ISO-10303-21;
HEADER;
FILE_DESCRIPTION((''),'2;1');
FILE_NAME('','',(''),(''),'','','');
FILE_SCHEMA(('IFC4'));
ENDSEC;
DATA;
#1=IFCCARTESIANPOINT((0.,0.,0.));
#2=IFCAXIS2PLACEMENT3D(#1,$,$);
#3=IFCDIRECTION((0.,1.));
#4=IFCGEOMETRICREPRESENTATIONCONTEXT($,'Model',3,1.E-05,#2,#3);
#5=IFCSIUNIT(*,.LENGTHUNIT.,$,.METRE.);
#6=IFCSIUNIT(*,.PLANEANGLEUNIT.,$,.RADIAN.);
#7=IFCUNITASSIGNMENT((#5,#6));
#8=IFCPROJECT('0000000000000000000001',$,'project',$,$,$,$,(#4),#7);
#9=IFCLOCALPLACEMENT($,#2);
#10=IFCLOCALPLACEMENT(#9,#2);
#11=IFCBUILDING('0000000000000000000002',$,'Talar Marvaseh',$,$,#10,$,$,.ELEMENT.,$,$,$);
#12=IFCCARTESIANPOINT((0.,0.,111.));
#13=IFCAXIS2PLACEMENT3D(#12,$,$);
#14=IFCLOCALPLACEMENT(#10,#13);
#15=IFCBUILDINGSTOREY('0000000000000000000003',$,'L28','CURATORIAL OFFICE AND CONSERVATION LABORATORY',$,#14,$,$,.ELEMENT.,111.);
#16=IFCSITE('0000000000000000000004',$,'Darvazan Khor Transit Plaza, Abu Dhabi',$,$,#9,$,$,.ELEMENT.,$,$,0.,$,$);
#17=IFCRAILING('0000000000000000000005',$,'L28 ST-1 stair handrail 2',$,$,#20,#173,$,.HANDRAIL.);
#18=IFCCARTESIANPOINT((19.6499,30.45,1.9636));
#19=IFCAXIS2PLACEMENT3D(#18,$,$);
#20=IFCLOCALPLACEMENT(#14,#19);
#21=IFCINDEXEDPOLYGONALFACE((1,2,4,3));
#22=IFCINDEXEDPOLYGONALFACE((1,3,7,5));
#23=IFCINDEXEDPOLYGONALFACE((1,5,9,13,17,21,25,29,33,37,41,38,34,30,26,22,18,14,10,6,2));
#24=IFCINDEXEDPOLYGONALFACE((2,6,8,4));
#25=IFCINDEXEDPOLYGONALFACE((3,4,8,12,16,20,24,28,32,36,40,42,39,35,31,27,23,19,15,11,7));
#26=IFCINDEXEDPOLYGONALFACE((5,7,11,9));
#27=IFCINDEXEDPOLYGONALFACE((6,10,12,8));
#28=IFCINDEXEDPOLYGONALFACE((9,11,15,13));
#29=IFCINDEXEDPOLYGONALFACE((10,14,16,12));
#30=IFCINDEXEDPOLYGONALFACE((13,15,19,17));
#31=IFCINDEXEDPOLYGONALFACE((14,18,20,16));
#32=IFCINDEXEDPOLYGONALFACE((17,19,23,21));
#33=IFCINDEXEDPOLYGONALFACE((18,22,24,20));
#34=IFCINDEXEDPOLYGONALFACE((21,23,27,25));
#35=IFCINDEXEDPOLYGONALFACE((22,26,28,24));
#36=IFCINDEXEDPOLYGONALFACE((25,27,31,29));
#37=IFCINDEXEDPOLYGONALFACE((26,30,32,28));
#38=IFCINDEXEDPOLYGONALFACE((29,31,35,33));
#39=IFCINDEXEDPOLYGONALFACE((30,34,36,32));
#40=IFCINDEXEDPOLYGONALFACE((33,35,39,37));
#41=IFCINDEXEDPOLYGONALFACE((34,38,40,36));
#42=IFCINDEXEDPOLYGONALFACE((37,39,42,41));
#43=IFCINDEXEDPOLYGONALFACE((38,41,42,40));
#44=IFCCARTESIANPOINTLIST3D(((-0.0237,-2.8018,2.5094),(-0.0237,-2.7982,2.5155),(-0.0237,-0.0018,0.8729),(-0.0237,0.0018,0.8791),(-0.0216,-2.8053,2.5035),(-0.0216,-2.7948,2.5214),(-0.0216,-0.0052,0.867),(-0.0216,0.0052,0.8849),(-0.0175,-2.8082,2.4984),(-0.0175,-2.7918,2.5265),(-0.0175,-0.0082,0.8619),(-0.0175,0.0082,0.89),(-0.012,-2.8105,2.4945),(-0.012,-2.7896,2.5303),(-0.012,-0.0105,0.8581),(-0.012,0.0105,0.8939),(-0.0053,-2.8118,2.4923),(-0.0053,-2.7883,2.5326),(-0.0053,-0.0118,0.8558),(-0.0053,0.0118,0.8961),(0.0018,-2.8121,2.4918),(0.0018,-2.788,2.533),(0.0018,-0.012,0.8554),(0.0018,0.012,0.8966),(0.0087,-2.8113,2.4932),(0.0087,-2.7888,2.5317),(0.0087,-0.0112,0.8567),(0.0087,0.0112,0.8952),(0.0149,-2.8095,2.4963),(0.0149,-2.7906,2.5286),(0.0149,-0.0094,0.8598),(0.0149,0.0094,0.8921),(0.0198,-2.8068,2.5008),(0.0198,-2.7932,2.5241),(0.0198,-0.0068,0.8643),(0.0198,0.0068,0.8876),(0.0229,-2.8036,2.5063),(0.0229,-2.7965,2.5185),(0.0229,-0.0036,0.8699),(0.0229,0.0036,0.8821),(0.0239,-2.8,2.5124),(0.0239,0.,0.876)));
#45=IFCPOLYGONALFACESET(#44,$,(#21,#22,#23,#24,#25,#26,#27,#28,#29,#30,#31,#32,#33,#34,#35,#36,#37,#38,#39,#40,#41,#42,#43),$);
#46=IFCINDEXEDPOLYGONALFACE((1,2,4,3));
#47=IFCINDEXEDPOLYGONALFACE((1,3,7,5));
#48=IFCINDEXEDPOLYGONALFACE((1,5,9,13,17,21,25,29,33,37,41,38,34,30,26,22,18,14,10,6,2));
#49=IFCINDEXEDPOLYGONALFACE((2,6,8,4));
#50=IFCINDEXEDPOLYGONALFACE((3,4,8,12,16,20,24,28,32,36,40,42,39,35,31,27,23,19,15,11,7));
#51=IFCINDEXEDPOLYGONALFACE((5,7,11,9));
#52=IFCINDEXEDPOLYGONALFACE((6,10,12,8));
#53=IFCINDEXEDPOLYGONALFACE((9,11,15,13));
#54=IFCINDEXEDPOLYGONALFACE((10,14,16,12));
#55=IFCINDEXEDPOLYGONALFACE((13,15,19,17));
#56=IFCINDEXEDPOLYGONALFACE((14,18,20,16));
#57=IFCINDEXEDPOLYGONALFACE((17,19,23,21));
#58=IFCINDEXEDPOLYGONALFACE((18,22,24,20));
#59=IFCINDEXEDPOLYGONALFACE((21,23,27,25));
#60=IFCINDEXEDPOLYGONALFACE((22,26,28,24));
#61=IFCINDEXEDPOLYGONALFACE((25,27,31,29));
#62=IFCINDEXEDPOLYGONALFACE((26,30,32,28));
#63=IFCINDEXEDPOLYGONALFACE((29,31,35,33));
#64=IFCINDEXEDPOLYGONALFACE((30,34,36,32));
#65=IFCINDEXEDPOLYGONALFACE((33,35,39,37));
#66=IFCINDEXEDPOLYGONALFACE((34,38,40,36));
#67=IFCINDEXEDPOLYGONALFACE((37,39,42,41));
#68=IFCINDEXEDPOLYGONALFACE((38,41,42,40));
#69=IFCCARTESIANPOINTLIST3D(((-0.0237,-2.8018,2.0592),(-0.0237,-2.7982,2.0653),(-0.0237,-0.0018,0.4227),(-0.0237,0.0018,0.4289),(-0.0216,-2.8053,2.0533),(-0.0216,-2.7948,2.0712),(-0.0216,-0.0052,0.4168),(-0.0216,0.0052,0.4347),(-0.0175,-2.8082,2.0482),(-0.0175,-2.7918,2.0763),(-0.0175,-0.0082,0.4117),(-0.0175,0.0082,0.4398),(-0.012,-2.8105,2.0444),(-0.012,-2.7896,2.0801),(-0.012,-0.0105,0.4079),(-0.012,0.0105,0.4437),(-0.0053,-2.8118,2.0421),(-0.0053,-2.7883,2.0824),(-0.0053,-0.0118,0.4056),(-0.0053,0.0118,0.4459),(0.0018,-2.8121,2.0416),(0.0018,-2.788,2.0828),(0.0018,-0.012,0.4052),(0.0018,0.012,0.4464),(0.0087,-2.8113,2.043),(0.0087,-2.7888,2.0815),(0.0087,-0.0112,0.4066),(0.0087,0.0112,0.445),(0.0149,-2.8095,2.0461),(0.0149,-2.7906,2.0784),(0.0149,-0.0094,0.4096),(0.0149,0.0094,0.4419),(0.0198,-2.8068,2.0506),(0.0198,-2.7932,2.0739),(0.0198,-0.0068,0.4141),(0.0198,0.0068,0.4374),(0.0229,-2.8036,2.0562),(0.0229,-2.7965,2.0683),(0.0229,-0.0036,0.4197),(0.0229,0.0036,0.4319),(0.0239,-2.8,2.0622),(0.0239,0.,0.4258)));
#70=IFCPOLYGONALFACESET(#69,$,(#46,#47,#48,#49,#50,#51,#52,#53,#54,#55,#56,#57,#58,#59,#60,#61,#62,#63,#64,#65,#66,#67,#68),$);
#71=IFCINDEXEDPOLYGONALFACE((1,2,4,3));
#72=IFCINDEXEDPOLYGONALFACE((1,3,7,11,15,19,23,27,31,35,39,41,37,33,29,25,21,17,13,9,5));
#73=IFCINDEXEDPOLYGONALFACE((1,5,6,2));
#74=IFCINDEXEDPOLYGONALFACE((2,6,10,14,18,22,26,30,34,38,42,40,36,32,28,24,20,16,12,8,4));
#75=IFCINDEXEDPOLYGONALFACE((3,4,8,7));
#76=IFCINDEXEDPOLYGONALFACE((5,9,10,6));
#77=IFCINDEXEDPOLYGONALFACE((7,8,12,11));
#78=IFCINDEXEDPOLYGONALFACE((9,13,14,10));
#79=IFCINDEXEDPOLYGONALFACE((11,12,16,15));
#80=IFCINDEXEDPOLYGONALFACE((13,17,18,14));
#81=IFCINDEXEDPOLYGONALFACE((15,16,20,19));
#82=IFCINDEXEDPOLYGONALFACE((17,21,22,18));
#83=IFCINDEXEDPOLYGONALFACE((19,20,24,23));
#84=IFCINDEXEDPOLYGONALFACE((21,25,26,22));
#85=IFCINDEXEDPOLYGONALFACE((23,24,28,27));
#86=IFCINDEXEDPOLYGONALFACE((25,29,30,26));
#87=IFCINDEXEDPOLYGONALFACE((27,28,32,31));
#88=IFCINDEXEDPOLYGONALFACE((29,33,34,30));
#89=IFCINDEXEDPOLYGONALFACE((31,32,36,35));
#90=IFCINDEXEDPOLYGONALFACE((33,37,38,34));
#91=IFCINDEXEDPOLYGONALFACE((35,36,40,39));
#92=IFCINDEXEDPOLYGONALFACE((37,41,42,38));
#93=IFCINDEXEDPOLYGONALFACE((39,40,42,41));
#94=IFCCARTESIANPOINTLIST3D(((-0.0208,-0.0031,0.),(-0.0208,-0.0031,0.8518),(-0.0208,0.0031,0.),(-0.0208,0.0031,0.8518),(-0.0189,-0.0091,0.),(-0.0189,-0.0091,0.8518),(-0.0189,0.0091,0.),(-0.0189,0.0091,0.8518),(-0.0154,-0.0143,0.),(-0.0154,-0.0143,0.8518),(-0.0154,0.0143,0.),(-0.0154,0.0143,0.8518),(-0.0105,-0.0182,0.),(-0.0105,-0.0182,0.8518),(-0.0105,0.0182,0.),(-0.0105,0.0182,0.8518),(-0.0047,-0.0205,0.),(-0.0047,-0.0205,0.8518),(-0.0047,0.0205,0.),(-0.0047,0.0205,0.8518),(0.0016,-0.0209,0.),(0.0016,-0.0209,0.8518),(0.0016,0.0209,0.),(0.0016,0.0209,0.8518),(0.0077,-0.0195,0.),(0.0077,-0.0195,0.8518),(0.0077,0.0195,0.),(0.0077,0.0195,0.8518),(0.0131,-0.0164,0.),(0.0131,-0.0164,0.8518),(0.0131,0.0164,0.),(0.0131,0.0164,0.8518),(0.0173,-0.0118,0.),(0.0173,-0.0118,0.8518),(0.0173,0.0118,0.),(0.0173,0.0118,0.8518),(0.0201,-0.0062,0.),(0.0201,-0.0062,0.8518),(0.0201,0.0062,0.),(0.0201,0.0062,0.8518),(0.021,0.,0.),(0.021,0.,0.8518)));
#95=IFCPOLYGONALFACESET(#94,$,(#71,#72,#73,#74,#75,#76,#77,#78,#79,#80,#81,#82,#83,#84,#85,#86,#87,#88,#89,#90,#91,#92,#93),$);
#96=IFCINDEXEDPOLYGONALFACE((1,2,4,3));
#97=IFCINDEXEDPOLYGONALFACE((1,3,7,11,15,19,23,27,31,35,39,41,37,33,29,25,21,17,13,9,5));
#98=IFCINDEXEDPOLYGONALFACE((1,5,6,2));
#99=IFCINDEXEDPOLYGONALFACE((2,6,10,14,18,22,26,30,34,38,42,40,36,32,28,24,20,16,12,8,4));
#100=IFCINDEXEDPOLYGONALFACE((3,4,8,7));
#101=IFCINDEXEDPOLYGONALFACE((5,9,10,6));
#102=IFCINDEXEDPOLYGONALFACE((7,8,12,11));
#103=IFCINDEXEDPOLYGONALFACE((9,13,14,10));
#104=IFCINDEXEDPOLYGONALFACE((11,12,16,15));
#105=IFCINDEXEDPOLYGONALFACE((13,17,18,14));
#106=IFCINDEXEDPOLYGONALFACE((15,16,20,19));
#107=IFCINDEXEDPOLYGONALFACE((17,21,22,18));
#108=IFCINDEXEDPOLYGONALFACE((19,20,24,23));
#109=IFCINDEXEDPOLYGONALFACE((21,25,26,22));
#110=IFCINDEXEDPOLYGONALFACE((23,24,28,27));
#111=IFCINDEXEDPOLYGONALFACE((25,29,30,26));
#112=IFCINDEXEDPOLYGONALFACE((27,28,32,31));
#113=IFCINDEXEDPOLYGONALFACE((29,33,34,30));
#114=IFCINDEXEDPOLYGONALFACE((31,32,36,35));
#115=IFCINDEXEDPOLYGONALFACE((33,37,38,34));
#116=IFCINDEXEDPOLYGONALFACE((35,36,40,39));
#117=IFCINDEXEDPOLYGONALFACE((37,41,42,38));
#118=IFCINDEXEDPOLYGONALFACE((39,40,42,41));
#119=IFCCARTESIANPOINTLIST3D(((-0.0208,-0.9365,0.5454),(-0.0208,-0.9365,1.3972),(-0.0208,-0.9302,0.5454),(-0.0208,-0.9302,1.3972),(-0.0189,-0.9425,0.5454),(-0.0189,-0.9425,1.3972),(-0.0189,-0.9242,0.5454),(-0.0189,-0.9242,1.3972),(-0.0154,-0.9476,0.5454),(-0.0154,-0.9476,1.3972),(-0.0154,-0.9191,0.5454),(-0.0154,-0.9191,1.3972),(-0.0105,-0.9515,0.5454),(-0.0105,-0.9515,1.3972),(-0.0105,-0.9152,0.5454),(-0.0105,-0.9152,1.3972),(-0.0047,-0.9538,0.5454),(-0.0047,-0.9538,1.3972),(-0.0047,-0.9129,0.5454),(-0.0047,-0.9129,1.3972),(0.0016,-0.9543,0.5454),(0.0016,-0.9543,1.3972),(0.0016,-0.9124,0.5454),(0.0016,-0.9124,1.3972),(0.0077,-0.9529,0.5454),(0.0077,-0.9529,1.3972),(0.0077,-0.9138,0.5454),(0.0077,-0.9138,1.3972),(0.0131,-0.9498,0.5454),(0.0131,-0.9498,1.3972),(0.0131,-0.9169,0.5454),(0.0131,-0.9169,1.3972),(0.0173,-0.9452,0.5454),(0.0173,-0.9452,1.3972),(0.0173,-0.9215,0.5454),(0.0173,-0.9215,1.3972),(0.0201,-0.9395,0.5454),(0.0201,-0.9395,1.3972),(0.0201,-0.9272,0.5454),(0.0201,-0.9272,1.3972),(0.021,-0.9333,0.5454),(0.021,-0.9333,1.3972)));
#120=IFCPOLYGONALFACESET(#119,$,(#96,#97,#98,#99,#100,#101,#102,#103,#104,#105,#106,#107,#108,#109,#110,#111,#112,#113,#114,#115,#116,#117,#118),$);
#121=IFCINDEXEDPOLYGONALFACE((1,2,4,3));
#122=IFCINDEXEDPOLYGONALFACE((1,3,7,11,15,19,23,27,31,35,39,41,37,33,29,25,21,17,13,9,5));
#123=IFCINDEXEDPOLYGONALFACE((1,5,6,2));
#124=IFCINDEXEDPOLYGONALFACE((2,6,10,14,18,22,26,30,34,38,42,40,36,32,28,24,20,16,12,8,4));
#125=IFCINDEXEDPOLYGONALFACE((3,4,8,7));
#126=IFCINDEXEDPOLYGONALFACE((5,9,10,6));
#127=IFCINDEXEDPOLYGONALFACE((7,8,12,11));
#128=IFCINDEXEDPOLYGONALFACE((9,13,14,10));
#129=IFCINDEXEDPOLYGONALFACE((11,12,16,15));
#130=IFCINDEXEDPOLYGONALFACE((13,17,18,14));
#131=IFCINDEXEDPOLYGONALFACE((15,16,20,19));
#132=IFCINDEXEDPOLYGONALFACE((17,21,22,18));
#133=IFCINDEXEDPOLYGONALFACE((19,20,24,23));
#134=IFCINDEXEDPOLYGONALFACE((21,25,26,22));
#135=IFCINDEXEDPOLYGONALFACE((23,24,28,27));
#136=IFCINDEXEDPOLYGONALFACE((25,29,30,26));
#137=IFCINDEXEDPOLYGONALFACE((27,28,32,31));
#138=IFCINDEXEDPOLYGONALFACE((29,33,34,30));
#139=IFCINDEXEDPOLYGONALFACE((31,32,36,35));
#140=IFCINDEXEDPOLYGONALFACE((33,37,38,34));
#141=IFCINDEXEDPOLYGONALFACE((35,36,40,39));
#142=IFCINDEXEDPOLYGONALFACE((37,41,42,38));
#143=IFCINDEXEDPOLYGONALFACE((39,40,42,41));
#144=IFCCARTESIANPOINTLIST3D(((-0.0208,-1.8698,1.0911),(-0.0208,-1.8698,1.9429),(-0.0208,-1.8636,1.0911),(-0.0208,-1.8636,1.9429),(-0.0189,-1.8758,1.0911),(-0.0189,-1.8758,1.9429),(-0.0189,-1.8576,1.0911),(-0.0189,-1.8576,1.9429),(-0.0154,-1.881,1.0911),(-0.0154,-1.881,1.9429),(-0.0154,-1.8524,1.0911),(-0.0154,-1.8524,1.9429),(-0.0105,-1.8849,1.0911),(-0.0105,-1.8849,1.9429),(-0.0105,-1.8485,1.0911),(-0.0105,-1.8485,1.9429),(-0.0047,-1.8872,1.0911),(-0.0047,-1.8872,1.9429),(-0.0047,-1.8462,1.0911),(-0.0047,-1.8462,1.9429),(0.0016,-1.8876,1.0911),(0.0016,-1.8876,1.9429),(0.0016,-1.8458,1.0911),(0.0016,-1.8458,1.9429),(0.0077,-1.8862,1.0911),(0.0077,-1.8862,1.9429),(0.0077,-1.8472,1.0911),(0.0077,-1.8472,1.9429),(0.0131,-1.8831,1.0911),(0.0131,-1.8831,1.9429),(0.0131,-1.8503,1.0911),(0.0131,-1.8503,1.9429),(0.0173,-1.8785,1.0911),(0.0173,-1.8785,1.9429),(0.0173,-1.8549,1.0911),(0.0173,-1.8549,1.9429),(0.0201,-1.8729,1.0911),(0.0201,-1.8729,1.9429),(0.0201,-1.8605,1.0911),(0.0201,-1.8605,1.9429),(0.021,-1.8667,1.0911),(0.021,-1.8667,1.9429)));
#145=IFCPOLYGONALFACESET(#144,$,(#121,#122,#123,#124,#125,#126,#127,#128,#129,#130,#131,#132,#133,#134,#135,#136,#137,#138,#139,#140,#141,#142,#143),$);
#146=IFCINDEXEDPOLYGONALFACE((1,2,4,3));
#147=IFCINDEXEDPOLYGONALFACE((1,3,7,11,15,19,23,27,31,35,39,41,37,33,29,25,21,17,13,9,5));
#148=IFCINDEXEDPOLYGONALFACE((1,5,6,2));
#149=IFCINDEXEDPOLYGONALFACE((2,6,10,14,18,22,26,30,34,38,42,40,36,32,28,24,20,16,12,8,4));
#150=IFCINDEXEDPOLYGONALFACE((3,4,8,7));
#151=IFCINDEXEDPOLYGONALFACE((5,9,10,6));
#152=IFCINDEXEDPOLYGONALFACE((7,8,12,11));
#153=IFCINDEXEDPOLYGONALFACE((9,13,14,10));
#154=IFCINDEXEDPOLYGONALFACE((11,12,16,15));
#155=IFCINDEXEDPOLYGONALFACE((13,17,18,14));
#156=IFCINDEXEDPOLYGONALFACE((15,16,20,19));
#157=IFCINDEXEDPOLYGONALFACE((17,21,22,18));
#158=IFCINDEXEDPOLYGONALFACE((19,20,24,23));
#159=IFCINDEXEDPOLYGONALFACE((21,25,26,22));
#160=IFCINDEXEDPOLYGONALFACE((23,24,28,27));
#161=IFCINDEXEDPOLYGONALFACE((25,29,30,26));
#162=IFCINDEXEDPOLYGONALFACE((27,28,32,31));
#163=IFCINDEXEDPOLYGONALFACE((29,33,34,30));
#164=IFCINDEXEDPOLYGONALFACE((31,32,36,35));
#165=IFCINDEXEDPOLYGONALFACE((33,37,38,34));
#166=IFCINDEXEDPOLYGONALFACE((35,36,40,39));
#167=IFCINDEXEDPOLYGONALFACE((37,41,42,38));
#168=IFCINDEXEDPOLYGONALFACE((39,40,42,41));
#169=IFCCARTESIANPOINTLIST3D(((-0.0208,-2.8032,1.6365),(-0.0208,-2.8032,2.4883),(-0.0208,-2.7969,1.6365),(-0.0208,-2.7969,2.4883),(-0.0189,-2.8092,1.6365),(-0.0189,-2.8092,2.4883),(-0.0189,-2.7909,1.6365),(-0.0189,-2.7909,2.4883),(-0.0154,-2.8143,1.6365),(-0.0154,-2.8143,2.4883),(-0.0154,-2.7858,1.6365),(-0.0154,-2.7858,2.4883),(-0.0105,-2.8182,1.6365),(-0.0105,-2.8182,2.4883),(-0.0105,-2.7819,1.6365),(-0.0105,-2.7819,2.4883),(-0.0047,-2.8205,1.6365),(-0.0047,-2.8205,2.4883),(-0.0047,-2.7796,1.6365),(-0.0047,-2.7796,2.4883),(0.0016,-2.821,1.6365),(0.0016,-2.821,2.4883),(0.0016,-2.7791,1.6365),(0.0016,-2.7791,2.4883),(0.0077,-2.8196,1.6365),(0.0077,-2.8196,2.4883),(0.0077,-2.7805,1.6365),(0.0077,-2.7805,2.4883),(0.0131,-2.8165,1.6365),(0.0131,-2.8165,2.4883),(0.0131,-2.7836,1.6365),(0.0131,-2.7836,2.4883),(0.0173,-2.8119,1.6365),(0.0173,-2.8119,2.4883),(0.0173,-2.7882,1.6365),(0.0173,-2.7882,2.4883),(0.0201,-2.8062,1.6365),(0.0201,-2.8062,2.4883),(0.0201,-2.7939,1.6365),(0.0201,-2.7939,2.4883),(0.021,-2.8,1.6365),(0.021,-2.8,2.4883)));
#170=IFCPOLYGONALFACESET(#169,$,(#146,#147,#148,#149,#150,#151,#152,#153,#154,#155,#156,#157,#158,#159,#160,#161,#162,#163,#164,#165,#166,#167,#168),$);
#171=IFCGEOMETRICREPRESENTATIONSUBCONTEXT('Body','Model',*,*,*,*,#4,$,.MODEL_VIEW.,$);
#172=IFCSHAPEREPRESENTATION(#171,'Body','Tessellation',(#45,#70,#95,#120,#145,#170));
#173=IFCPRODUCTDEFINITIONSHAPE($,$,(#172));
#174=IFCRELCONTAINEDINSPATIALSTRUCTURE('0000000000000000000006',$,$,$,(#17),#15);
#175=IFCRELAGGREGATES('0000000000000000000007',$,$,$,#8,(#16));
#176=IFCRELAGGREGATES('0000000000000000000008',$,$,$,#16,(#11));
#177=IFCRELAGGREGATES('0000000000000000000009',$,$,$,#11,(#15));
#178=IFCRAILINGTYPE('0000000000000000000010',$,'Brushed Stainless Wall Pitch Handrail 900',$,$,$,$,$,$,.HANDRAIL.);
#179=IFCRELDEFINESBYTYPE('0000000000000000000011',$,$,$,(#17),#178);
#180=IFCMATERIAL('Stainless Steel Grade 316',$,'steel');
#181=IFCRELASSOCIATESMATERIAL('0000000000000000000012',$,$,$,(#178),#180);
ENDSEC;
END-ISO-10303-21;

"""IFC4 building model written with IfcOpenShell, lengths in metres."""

from ifc_helpers import new_model, si_unit, direction, frame, origin, origin_2d, place, context, subcontext, project, spatial, circle, extrude, material, type_object, element, save


model = new_model("IFC4")

# Units and contexts
model_context = context("Model", 3, precision=1e-05, world=origin(), true_north=direction((0.0, 1.0)))
body_context = subcontext(model_context, "Body", "Model", "MODEL_VIEW")
ifc_project = project(units=[si_unit("LENGTHUNIT", "METRE"), si_unit("PLANEANGLEUNIT", "RADIAN")], contexts=[model_context])

# Site, building, storey
site_placement = place(None, origin())
site = spatial("IfcSite", under=ifc_project, at=site_placement, Name="Darvazan Khor Transit Plaza, Abu Dhabi", CompositionType="ELEMENT", RefElevation=0.0)
building_placement = place(site_placement, origin())
building = spatial("IfcBuilding", under=site, at=building_placement, Name="Talar Marvaseh", CompositionType="ELEMENT")
storey_placement = place(building_placement, frame((0.0, 0.0, 111.0)))
storey = spatial("IfcBuildingStorey", under=building, at=storey_placement, Name="L28", Description="CURATORIAL OFFICE AND CONSERVATION LABORATORY", CompositionType="ELEMENT", Elevation=111.0)

# Railing
ifc_material_1 = material(Name="Stainless Steel Grade 316", Category="steel")
railing_type_1 = type_object("IfcRailingType", Name="Brushed Stainless Wall Pitch Handrail 900", PredefinedType="HANDRAIL", material=ifc_material_1)
railing_1_placement = place(storey_placement, frame((19.6499, 30.45, 1.9636)))
element("IfcRailing", 1, at=railing_1_placement, inside=storey, type_object=railing_type_1, Name="L28 ST-1 stair handrail 2", PredefinedType="HANDRAIL", context=body_context, shape_type="SweptSolid", body=[
    extrude(circle(Radius=0.0239, at=origin_2d()), frame((0.0, 0.0, 0.876), z_axis=(0.0, -0.863361, 0.504587), x_axis=(1.0, 0.0, 0.0)), (0.0, 0.0, 1.0), 3.2432),
    extrude(circle(Radius=0.0239, at=origin_2d()), frame((0.0, 0.0, 0.4258), z_axis=(0.0, -0.863361, 0.504587), x_axis=(1.0, 0.0, 0.0)), (0.0, 0.0, 1.0), 3.2432),
    extrude(circle(Radius=0.021, at=origin_2d()), origin(), (0.0, 0.0, 1.0), 0.8518),
    extrude(circle(Radius=0.021, at=origin_2d()), frame((0.0, -0.9333, 0.5454)), (0.0, 0.0, 1.0), 0.8518),
    extrude(circle(Radius=0.021, at=origin_2d()), frame((0.0, -1.8667, 1.0911)), (0.0, 0.0, 1.0), 0.8518),
    extrude(circle(Radius=0.021, at=origin_2d()), frame((0.0, -2.8, 1.6365)), (0.0, 0.0, 1.0), 0.8518),
])

save(model, "model.ifc")
